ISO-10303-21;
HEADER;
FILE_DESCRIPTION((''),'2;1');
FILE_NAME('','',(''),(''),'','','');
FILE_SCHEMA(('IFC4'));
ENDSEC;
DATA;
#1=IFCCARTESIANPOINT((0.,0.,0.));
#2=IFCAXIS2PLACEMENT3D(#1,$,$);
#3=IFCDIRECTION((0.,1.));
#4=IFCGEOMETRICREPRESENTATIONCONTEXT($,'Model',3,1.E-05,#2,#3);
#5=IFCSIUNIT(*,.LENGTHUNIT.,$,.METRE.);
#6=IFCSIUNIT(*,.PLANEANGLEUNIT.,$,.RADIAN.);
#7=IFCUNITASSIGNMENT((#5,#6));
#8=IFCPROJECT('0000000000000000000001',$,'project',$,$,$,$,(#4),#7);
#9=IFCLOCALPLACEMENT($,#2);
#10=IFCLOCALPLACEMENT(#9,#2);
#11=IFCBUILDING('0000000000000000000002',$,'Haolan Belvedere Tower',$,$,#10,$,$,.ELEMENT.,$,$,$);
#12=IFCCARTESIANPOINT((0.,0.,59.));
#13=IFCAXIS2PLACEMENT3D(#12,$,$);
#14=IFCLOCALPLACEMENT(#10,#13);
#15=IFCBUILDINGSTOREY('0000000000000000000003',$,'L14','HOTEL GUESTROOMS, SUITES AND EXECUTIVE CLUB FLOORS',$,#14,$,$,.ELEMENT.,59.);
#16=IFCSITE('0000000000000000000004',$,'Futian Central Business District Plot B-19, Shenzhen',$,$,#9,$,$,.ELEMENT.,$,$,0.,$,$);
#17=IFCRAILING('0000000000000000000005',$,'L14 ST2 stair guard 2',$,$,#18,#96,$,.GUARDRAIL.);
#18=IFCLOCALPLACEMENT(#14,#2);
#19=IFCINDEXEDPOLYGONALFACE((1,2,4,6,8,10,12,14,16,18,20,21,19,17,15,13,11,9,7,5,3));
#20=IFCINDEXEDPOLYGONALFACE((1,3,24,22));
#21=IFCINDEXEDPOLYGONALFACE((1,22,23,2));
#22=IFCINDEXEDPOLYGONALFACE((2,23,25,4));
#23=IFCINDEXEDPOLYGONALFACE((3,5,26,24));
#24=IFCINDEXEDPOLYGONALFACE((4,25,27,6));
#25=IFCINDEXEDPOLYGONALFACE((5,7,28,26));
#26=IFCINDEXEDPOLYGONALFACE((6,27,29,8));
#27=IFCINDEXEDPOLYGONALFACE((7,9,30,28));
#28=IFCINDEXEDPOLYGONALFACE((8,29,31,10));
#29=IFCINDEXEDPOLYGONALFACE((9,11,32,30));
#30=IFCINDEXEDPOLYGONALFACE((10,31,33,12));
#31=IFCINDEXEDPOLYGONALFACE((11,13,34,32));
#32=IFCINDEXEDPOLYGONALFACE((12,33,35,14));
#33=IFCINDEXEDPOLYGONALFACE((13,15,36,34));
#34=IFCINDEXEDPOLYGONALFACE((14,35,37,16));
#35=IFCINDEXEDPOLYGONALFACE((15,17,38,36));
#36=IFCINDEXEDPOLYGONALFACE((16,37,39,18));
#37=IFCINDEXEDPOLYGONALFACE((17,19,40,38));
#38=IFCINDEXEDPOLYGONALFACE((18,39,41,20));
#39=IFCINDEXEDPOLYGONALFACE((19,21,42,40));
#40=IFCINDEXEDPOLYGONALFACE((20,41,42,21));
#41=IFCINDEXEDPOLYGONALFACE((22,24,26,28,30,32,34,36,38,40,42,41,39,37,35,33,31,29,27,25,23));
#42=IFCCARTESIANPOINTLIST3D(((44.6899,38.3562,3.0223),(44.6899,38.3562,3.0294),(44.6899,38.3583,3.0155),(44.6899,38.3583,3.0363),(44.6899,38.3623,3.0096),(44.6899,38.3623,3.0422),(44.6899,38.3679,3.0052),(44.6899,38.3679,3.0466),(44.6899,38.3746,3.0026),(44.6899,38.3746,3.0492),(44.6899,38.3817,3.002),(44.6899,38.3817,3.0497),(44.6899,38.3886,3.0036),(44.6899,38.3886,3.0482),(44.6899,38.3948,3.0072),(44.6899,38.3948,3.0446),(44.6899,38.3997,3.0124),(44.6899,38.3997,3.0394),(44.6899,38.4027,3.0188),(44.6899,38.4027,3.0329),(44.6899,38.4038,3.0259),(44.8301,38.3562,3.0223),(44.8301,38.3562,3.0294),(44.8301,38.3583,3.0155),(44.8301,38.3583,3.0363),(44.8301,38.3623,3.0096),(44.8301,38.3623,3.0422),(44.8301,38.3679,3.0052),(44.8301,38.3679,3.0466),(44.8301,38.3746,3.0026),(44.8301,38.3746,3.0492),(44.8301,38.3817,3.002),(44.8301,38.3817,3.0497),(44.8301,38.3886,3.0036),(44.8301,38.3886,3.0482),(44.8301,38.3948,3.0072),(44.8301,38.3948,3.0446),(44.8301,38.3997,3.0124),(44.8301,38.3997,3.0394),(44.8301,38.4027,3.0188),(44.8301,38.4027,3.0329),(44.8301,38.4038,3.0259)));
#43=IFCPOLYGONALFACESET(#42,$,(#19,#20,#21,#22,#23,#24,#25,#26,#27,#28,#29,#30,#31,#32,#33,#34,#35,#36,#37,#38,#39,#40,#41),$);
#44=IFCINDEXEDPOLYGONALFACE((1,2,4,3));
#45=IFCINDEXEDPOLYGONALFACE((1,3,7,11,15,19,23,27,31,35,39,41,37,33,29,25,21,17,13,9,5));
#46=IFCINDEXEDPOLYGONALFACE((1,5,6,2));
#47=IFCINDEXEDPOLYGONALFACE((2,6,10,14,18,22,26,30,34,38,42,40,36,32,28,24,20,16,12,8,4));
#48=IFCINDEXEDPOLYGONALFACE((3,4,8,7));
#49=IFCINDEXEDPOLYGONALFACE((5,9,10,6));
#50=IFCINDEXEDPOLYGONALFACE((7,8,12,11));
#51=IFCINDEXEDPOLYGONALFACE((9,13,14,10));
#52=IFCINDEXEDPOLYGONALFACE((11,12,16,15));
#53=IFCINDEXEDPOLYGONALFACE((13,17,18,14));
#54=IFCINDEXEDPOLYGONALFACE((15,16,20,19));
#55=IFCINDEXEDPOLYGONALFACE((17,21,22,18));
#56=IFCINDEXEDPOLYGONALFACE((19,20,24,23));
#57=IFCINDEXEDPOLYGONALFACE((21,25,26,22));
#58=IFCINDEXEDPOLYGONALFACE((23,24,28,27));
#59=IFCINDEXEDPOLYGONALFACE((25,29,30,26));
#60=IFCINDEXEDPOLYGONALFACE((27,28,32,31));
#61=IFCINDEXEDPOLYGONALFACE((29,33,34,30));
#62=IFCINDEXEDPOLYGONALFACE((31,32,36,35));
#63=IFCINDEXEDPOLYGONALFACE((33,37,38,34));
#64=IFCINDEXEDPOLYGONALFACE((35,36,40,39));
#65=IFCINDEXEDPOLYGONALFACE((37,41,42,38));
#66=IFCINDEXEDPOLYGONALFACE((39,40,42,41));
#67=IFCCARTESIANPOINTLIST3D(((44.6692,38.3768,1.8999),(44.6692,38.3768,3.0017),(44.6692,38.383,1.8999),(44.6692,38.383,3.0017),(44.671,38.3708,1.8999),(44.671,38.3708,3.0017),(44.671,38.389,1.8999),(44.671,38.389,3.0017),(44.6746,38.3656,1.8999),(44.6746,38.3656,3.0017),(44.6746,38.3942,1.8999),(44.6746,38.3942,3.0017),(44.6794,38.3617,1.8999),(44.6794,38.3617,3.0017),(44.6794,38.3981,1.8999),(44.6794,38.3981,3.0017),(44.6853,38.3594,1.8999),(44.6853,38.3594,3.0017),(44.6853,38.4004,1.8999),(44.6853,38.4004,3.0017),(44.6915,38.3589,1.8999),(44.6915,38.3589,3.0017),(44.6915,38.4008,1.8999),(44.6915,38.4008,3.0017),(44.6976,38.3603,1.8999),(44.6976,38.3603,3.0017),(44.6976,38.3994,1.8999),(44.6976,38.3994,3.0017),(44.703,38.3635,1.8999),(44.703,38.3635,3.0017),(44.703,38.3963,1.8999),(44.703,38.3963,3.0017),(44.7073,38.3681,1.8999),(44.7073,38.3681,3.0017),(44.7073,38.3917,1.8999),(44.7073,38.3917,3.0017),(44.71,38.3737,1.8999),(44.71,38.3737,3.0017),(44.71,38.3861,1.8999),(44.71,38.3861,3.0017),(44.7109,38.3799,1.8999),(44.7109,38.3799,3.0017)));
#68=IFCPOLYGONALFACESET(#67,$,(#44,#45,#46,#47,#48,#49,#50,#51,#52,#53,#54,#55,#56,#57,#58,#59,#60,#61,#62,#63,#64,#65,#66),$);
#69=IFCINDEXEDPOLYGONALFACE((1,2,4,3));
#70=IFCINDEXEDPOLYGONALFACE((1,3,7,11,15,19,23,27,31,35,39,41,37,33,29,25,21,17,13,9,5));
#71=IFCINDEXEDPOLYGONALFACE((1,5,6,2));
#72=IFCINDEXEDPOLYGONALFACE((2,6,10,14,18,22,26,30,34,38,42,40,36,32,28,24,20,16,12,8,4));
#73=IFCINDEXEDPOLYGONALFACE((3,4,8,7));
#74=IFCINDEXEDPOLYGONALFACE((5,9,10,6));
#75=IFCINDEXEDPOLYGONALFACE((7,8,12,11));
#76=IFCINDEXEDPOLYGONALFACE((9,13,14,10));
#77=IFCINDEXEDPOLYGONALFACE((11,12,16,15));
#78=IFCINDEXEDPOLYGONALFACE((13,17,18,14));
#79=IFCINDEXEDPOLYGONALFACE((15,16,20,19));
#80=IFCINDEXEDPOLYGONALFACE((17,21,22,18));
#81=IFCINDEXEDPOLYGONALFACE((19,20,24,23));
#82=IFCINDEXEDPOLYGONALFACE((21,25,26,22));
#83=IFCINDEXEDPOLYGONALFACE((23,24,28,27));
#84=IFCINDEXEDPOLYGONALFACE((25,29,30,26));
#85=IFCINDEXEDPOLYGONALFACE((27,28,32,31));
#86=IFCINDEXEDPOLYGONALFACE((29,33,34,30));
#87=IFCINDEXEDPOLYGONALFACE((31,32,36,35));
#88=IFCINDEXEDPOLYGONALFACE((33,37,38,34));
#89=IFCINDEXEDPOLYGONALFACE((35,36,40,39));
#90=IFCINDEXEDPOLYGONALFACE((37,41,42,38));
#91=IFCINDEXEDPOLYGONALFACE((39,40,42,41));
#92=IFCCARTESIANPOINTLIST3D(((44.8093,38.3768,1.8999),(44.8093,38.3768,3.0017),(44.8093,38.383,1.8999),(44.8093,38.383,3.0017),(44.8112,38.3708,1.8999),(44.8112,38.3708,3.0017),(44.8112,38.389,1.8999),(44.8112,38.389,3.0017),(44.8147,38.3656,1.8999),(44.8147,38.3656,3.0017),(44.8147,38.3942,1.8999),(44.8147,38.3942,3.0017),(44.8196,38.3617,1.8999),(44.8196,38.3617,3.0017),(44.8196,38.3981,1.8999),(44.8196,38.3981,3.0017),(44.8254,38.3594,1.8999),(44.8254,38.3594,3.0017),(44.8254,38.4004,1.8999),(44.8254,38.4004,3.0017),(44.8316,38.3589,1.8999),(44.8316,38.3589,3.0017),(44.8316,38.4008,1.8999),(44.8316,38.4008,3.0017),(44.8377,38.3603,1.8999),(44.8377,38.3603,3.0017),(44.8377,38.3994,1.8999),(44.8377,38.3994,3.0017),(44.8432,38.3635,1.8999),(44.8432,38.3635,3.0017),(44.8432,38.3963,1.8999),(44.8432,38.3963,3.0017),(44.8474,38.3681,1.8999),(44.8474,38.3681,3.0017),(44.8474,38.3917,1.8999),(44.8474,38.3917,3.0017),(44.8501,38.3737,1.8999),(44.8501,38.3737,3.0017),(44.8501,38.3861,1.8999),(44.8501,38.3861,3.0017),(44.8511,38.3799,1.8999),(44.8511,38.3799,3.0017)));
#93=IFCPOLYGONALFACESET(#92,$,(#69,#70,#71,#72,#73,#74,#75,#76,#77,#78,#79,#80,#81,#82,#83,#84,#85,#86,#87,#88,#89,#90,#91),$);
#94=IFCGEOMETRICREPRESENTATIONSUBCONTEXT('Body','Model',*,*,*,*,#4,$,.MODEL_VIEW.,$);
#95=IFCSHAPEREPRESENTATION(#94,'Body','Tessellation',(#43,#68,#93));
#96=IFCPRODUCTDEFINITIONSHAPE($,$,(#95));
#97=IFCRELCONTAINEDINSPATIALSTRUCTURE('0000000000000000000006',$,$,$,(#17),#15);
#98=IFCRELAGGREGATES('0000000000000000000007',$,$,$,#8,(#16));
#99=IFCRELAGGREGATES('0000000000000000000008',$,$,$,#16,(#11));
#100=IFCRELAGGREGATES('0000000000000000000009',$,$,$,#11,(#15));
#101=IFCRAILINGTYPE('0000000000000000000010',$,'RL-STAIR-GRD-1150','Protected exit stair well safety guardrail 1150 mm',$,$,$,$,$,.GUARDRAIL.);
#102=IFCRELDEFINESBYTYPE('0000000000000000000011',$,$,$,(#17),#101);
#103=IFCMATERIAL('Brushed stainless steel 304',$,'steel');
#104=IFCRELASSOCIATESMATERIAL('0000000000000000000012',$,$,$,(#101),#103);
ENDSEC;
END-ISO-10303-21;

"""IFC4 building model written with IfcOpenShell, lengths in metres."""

from ifc_helpers import new_model, si_unit, direction, frame, origin, origin_2d, place, context, subcontext, project, spatial, circle, extrude, material, type_object, element, save


model = new_model("IFC4")

# Units and contexts
model_context = context("Model", 3, precision=1e-05, world=origin(), true_north=direction((0.0, 1.0)))
body_context = subcontext(model_context, "Body", "Model", "MODEL_VIEW")
ifc_project = project(units=[si_unit("LENGTHUNIT", "METRE"), si_unit("PLANEANGLEUNIT", "RADIAN")], contexts=[model_context])

# Site, building, storey
site_placement = place(None, origin())
site = spatial("IfcSite", under=ifc_project, at=site_placement, Name="Futian Central Business District Plot B-19, Shenzhen", CompositionType="ELEMENT", RefElevation=0.0)
building_placement = place(site_placement, origin())
building = spatial("IfcBuilding", under=site, at=building_placement, Name="Haolan Belvedere Tower", CompositionType="ELEMENT")
storey_placement = place(building_placement, frame((0.0, 0.0, 59.0)))
storey = spatial("IfcBuildingStorey", under=building, at=storey_placement, Name="L14", Description="HOTEL GUESTROOMS, SUITES AND EXECUTIVE CLUB FLOORS", CompositionType="ELEMENT", Elevation=59.0)

# Railing
ifc_material_1 = material(Name="Brushed stainless steel 304", Category="steel")
railing_type_1 = type_object("IfcRailingType", Name="RL-STAIR-GRD-1150", Description="Protected exit stair well safety guardrail 1150 mm", PredefinedType="GUARDRAIL", material=ifc_material_1)
railing_1_placement = place(storey_placement, frame((44.6899, 38.3799, 1.8999)))
element("IfcRailing", 1, at=railing_1_placement, inside=storey, type_object=railing_type_1, Name="L14 ST2 stair guard 2", PredefinedType="GUARDRAIL", context=body_context, shape_type="SweptSolid", body=[
    extrude(circle(Radius=0.0239, at=origin_2d()), frame((0.0, 0.0, 1.126), z_axis=(1.0, 0.0, 0.0), x_axis=(0.0, 1.0, 0.0)), (0.0, 0.0, 1.0), 0.1401),
    extrude(circle(Radius=0.021, at=origin_2d()), origin(), (0.0, 0.0, 1.0), 1.1018),
    extrude(circle(Radius=0.021, at=origin_2d()), frame((0.1401, 0.0, 0.0)), (0.0, 0.0, 1.0), 1.1018),
])

save(model, "model.ifc")
